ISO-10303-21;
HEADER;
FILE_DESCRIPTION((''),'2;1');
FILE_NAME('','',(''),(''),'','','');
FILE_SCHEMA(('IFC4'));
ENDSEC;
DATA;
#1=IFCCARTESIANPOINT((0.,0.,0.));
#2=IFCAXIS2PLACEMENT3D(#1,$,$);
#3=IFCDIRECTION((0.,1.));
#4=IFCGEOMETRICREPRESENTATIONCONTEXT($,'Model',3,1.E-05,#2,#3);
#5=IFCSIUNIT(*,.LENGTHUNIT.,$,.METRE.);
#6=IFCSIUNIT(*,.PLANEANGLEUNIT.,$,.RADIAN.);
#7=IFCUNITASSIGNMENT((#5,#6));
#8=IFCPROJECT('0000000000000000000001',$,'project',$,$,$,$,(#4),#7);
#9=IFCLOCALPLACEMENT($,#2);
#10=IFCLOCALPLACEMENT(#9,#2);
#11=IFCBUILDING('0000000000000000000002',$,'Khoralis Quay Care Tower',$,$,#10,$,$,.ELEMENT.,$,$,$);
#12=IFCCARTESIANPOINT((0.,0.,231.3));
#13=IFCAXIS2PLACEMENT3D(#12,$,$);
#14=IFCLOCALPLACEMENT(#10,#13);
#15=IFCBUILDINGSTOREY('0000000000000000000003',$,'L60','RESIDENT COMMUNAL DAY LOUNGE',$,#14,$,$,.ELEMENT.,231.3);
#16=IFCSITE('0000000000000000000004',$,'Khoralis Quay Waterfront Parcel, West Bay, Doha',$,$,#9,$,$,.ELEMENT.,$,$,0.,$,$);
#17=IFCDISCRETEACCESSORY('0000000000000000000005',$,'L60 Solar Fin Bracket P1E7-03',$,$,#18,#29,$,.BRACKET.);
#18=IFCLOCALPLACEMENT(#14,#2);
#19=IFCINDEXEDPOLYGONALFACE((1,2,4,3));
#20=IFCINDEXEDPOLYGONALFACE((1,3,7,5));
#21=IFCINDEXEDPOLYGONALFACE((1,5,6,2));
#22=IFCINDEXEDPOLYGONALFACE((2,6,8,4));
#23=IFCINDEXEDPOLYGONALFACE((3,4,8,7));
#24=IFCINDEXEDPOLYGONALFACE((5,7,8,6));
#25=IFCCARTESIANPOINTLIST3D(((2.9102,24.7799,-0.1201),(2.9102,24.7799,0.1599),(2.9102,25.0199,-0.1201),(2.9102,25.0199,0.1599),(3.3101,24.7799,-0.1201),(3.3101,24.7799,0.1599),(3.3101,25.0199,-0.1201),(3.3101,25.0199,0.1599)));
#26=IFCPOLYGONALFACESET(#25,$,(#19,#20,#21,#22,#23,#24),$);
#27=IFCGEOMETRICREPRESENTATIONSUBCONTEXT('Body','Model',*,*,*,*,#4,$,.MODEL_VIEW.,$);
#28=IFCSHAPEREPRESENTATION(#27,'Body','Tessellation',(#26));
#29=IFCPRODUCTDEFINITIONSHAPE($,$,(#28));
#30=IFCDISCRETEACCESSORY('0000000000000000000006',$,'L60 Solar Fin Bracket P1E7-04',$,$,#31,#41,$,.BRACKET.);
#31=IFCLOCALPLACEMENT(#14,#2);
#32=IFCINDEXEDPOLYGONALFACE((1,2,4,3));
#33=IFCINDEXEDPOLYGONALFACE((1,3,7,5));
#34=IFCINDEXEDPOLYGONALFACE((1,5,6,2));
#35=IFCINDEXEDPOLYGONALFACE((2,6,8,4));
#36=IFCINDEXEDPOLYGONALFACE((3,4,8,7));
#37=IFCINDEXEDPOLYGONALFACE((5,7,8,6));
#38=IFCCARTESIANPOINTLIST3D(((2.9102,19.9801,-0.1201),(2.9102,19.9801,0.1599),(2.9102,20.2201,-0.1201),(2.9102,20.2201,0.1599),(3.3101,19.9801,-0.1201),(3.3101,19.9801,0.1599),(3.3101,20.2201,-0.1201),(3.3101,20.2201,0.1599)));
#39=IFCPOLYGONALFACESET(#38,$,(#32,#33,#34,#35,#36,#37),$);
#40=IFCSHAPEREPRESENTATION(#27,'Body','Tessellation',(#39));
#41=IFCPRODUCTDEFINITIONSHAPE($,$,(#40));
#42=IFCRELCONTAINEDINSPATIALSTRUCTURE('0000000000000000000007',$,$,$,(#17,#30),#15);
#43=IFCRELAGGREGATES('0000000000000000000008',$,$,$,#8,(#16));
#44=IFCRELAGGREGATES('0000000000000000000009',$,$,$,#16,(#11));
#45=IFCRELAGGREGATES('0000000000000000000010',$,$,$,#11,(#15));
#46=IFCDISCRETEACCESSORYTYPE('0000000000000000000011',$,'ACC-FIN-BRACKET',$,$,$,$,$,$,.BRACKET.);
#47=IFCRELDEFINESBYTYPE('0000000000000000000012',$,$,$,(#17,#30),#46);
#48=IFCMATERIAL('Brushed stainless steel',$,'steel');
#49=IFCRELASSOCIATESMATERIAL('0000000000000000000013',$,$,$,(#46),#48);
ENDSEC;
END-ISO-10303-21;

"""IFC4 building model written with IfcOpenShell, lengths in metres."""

from ifc_helpers import new_model, si_unit, direction, frame, origin, origin_2d, place, context, subcontext, project, spatial, rectangle, extrude, source, transform, mapped, material, type_object, element, save


model = new_model("IFC4")

# Units and contexts
model_context = context("Model", 3, precision=1e-05, world=origin(), true_north=direction((0.0, 1.0)))
body_context = subcontext(model_context, "Body", "Model", "MODEL_VIEW")
ifc_project = project(units=[si_unit("LENGTHUNIT", "METRE"), si_unit("PLANEANGLEUNIT", "RADIAN")], contexts=[model_context])

# Site, building, storey
site_placement = place(None, origin())
site = spatial("IfcSite", under=ifc_project, at=site_placement, Name="Khoralis Quay Waterfront Parcel, West Bay, Doha", CompositionType="ELEMENT", RefElevation=0.0)
building_placement = place(site_placement, origin())
building = spatial("IfcBuilding", under=site, at=building_placement, Name="Khoralis Quay Care Tower", CompositionType="ELEMENT")
storey_placement = place(building_placement, frame((0.0, 0.0, 231.3)))
storey = spatial("IfcBuildingStorey", under=building, at=storey_placement, Name="L60", Description="RESIDENT COMMUNAL DAY LOUNGE", CompositionType="ELEMENT", Elevation=231.3)

# Discrete accessories
ifc_material_1 = material(Name="Brushed stainless steel", Category="steel")
discrete_accessory_type = type_object("IfcDiscreteAccessoryType", Name="ACC-FIN-BRACKET", PredefinedType="BRACKET", material=ifc_material_1)
shared_shape_1 = source(origin(), body_context, "Body", "SweptSolid", [
    extrude(rectangle(XDim=0.3999, YDim=0.24, at=origin_2d()), origin(), (0.0, 0.0, 1.0), 0.28),
])
for number, where, z_axis, x_axis, name in (
    (1, (3.1101, 24.8999, -0.1201), (0.0, 0.0, 1.0), (-1.0, 0.0, 0.0), "L60 Solar Fin Bracket P1E7-03"),
    (2, (3.1101, 20.1001, -0.1201), (0.0, 0.0, 1.0), (-1.0, 0.0, 0.0), "L60 Solar Fin Bracket P1E7-04"),
):
    element("IfcDiscreteAccessory", number, at=place(storey_placement, frame(where, z_axis=z_axis, x_axis=x_axis)), inside=storey, type_object=discrete_accessory_type, Name=name, PredefinedType="BRACKET", context=body_context, shape_type="MappedRepresentation", body=[
        mapped(shared_shape_1, transform((0.0, 0.0, 0.0), scale=1.0)),
    ])

save(model, "model.ifc")
